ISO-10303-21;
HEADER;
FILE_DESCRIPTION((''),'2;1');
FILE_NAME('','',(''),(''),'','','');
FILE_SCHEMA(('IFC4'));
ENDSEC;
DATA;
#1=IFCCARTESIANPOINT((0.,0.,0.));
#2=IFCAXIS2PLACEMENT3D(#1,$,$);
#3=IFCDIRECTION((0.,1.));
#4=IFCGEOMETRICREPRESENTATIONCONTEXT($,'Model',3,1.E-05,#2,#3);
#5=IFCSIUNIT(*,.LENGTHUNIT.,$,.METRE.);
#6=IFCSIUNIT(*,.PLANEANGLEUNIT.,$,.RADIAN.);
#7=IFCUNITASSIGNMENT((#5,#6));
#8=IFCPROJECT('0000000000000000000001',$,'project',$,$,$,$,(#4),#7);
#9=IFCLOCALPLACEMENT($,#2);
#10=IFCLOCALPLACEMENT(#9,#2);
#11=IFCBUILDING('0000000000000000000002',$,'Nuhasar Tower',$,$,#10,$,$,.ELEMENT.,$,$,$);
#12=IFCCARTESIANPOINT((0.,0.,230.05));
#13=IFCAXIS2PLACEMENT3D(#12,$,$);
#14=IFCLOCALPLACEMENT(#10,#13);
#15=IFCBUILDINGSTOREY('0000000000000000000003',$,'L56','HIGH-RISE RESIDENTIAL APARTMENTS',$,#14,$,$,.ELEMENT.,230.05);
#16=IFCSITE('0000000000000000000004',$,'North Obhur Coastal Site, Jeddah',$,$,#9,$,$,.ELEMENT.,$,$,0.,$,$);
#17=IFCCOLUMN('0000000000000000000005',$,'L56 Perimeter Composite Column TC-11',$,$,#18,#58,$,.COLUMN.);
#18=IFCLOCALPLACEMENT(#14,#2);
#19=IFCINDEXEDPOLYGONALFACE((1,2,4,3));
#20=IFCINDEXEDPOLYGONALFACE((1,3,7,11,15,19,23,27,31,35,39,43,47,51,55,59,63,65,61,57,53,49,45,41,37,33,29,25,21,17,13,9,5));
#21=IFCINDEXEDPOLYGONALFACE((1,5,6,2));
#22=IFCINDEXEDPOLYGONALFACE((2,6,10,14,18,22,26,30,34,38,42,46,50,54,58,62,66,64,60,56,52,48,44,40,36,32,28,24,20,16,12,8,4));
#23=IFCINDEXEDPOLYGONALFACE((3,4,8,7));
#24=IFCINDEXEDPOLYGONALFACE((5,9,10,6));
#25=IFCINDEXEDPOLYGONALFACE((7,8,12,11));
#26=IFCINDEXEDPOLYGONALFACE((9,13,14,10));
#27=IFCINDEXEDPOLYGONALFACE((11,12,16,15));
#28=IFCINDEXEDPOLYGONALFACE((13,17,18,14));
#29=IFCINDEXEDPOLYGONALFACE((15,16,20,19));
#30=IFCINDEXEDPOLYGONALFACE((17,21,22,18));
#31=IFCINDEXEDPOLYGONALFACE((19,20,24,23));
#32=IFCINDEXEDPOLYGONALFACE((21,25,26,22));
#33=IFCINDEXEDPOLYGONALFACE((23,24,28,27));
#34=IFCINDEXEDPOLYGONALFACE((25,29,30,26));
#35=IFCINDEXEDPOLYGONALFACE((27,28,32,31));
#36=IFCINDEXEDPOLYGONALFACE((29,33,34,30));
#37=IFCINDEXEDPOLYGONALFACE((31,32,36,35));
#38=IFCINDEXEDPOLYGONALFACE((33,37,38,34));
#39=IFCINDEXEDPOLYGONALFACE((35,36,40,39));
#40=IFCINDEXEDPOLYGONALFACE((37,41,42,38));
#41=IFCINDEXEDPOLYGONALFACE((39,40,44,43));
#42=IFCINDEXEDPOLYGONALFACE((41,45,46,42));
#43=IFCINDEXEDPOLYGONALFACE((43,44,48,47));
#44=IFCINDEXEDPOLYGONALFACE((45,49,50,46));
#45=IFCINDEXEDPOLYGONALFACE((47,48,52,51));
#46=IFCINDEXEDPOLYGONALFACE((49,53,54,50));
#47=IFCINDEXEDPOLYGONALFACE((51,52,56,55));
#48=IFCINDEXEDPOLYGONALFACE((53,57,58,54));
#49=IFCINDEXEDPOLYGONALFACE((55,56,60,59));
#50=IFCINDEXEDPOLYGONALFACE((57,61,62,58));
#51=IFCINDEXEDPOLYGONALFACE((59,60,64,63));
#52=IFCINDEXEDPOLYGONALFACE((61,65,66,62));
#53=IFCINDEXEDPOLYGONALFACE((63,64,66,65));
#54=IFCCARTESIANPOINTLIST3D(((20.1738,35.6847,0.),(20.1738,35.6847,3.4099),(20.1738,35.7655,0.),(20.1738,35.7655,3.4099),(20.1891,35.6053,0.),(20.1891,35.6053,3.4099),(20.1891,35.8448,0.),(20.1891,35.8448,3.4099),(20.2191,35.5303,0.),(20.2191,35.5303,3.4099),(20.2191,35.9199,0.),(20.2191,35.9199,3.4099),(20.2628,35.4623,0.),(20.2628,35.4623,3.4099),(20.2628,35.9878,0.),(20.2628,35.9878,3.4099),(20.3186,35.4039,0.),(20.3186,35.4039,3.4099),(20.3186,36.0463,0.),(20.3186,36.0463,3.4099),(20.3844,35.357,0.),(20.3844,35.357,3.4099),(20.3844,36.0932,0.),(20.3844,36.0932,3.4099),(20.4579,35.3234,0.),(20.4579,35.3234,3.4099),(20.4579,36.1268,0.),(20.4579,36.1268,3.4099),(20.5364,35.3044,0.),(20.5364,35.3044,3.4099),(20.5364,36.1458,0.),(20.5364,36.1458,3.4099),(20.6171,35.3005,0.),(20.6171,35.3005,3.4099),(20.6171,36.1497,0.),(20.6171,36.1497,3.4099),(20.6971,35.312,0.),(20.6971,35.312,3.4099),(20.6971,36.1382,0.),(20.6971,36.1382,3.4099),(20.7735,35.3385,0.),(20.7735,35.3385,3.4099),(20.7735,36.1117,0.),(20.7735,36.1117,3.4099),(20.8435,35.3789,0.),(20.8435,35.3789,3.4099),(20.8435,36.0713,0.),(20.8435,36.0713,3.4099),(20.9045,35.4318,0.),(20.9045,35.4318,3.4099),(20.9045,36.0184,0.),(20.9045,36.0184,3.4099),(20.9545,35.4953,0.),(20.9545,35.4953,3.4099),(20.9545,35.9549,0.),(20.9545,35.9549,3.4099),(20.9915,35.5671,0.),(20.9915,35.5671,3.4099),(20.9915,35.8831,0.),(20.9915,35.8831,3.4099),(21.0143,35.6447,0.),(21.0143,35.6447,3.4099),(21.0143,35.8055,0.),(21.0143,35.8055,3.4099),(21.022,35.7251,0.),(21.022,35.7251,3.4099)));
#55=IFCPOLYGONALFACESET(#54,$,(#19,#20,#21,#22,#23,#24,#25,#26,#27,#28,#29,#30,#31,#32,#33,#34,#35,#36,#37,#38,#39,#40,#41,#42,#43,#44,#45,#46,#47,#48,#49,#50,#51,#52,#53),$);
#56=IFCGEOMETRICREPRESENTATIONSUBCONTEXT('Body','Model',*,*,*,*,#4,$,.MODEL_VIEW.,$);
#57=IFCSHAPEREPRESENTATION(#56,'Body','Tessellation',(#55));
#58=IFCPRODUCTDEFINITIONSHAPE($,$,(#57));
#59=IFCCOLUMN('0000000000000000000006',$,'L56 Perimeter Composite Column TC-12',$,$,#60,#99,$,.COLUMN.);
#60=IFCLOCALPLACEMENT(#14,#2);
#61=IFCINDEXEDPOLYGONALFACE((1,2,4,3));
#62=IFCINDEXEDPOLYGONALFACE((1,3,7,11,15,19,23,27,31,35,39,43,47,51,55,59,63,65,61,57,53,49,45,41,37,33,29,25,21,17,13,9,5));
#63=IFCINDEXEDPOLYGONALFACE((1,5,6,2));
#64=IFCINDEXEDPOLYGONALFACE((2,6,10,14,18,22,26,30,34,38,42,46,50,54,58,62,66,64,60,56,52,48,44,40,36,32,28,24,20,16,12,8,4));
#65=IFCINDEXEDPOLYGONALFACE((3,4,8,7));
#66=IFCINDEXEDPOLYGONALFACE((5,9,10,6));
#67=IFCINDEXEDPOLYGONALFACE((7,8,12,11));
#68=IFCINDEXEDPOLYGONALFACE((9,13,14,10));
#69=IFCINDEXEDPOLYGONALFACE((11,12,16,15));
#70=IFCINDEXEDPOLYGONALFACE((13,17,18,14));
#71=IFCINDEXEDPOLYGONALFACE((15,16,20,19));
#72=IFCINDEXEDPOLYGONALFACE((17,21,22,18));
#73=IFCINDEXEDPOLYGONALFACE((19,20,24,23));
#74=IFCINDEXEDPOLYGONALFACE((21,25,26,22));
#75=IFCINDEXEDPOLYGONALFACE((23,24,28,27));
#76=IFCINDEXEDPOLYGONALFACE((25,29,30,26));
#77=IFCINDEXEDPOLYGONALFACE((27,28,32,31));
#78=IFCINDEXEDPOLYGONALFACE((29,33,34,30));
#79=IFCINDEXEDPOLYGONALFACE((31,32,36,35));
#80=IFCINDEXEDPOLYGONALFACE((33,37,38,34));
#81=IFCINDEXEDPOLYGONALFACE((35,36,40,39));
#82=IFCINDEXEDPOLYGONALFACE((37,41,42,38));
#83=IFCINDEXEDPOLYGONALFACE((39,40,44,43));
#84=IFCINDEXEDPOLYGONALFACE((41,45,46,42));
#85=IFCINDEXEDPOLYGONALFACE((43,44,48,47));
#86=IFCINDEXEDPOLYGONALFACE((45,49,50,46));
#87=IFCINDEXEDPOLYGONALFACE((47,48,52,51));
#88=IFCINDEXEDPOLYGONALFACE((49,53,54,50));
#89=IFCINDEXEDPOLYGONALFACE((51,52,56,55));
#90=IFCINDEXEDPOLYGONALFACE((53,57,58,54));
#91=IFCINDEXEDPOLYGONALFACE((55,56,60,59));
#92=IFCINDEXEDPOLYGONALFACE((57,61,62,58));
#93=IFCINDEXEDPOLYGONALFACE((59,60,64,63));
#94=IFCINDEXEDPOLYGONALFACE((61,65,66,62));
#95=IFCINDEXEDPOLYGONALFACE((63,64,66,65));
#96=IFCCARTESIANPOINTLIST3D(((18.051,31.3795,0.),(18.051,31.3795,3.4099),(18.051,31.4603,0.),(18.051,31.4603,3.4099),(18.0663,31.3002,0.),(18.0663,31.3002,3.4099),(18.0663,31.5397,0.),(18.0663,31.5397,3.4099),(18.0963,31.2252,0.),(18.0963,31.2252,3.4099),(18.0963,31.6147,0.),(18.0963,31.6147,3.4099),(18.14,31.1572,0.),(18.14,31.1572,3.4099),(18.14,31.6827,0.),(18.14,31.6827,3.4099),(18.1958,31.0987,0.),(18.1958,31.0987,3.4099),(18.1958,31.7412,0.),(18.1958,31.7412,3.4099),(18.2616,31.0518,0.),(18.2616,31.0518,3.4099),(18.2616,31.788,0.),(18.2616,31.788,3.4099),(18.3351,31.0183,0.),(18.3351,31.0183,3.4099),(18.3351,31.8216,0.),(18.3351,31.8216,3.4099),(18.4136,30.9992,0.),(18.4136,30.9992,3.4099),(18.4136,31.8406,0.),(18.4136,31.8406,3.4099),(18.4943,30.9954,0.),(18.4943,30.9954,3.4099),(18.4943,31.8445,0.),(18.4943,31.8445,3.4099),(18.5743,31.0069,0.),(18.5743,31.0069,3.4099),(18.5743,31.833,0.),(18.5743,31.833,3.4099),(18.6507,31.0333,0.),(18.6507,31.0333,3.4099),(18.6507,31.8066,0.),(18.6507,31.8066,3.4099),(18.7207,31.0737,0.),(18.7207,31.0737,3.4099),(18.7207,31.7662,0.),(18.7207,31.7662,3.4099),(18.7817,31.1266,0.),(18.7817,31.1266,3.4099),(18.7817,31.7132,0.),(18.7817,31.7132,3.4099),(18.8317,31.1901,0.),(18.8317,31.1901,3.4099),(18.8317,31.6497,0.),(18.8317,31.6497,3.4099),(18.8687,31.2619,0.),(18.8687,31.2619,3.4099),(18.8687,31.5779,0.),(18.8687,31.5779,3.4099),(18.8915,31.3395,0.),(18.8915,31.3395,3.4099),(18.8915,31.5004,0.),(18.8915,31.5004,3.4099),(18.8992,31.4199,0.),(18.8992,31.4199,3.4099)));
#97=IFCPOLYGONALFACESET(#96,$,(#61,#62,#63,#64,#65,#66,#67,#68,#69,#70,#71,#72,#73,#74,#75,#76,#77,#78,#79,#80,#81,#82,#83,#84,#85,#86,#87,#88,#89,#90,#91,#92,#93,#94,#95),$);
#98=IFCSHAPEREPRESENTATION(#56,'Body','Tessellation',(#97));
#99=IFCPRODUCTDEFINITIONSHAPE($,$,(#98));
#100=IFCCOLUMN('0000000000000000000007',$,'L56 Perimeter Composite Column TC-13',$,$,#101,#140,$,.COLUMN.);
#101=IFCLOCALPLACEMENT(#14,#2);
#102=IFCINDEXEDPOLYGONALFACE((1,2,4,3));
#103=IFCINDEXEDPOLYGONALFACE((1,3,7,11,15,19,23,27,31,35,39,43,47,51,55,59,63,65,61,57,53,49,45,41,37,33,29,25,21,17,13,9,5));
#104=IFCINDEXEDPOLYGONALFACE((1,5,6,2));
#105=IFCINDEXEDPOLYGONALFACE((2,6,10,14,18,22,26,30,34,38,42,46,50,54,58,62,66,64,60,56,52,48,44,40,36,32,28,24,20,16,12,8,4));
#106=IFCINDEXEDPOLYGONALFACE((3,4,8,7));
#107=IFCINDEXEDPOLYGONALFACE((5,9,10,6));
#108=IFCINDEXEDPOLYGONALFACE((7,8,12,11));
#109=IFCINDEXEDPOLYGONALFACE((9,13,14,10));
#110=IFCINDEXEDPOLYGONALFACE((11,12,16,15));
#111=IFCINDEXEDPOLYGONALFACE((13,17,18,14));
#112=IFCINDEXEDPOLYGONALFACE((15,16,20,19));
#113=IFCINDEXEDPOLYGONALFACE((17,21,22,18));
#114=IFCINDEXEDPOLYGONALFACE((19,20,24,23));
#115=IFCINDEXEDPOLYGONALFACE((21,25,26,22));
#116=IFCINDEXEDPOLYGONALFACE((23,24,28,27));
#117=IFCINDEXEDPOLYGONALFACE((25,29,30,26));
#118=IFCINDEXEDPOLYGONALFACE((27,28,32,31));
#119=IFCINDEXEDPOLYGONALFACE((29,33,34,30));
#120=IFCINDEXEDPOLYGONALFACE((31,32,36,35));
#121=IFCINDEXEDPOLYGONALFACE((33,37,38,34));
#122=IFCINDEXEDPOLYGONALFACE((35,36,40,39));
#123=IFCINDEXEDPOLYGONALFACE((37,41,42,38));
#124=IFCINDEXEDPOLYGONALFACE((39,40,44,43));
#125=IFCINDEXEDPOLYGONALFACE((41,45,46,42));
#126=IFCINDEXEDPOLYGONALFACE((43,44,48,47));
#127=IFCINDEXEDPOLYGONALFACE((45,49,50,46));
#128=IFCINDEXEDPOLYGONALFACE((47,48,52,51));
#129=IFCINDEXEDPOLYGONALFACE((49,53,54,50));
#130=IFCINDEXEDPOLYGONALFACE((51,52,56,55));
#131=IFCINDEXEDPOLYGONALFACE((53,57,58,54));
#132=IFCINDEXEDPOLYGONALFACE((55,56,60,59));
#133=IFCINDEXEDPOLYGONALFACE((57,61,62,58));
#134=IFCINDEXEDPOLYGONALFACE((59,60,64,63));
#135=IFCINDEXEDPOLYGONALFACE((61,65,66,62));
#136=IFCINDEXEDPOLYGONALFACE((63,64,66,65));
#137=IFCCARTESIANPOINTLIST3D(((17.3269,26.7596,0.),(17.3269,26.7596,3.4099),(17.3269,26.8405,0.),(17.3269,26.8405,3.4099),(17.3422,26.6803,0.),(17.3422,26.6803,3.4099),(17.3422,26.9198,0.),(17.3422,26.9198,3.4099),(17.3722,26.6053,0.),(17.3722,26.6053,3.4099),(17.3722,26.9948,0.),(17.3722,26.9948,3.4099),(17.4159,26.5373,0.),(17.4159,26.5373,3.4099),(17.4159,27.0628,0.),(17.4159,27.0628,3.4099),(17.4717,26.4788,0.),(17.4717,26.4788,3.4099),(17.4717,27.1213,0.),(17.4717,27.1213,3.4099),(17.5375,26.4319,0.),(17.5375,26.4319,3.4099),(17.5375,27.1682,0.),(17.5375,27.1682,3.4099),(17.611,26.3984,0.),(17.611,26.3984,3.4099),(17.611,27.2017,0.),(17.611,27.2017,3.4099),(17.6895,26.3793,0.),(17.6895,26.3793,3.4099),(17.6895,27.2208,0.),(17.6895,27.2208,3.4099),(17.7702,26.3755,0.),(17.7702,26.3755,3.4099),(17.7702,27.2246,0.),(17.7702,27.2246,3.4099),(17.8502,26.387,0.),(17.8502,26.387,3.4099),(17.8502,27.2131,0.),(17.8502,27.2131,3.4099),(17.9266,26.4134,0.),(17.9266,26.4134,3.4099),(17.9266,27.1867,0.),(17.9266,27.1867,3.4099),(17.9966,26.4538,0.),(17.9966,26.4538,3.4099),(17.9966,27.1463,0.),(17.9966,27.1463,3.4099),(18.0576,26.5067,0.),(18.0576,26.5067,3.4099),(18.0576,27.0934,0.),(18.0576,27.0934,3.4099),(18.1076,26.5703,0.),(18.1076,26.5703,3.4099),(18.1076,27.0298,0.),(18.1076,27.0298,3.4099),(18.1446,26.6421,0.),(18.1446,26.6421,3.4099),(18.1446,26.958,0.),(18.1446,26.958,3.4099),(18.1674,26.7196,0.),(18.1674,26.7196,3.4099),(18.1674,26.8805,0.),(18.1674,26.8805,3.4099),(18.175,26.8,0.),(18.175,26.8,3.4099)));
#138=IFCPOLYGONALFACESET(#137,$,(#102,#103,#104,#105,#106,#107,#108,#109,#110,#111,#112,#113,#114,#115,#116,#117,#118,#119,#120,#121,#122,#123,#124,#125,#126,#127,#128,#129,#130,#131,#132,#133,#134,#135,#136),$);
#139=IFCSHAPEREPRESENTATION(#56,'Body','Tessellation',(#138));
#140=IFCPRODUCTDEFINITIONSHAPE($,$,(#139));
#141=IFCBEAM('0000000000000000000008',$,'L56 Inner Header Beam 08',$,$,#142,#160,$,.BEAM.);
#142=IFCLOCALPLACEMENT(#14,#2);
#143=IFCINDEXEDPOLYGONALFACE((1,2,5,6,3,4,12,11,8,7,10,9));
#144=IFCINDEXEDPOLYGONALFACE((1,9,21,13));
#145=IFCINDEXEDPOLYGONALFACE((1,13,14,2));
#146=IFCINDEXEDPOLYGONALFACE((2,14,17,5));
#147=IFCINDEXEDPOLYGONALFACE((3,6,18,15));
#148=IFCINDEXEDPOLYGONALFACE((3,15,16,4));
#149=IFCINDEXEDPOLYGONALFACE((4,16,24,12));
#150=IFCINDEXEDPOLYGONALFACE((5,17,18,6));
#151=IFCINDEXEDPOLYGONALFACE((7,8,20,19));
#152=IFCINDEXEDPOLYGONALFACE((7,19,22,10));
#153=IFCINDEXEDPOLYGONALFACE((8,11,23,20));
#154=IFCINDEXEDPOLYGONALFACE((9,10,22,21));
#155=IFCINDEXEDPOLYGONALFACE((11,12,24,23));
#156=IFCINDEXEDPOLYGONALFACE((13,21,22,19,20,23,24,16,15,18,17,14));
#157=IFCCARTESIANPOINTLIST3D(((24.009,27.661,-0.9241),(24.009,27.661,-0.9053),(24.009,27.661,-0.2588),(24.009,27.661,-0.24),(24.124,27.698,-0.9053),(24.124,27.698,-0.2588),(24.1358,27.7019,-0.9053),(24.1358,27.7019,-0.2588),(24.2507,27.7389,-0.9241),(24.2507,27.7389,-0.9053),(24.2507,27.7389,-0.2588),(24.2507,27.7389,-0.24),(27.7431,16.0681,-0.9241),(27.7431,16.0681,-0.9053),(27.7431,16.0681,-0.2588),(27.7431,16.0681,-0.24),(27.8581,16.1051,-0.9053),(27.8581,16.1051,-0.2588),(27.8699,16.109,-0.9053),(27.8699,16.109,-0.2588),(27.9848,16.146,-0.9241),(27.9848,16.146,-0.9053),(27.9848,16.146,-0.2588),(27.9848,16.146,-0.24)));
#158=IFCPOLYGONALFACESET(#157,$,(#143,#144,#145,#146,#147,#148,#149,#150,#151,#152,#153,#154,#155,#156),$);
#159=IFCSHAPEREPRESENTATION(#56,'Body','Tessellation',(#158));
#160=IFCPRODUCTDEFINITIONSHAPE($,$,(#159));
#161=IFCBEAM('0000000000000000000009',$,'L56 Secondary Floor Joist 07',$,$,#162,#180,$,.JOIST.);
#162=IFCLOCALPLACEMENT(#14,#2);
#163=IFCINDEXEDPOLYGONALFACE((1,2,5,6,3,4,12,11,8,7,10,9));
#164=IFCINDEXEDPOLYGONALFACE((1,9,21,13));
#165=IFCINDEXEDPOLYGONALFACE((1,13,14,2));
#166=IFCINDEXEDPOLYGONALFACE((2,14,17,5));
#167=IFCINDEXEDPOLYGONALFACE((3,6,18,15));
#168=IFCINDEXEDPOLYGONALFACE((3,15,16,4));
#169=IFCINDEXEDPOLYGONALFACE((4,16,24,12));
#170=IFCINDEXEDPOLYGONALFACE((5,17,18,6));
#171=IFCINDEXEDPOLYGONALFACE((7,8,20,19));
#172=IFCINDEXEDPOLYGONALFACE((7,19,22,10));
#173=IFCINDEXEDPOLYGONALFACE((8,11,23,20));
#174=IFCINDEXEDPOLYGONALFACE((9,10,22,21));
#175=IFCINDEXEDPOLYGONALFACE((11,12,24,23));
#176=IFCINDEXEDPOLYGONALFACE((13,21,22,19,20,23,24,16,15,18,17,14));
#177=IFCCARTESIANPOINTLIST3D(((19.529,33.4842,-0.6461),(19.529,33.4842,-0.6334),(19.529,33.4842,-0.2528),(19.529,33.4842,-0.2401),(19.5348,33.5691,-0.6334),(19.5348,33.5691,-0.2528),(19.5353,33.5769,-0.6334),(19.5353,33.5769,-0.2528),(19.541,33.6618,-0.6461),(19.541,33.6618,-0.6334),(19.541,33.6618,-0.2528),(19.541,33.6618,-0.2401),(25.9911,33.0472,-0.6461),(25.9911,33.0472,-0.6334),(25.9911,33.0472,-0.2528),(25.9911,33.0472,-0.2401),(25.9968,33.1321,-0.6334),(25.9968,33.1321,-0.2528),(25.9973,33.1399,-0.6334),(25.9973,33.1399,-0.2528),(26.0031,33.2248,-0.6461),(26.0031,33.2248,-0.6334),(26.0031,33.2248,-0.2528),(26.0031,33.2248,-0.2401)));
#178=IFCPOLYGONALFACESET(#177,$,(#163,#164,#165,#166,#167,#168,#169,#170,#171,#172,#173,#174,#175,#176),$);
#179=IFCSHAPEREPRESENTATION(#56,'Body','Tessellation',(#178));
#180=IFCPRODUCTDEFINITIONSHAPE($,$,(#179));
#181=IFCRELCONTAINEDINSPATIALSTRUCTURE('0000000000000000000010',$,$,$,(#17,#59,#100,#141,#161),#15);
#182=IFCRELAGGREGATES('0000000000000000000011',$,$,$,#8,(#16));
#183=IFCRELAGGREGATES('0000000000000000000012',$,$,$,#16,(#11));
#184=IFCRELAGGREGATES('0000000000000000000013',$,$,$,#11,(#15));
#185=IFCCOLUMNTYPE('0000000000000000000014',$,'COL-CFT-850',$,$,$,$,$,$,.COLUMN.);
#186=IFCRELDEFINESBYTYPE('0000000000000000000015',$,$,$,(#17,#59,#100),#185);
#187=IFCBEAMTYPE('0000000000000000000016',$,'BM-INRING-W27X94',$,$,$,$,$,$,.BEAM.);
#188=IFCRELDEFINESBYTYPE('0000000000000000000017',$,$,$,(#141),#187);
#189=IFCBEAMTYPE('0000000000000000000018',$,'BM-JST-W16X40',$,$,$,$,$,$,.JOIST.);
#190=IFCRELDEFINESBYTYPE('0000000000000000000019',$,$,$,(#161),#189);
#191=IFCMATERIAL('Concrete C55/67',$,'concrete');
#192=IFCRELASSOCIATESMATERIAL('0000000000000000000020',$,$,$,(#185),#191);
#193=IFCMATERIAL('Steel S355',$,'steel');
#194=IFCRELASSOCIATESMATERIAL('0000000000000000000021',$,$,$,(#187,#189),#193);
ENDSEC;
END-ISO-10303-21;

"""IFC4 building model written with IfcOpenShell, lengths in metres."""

from ifc_helpers import new_model, si_unit, direction, frame, origin, origin_2d, place, context, subcontext, project, spatial, circle, i_section, extrude, material, material_profile, profile_set, type_object, element, save


model = new_model("IFC4")

# Units and contexts
model_context = context("Model", 3, precision=1e-05, world=origin(), true_north=direction((0.0, 1.0)))
body_context = subcontext(model_context, "Body", "Model", "MODEL_VIEW")
ifc_project = project(units=[si_unit("LENGTHUNIT", "METRE"), si_unit("PLANEANGLEUNIT", "RADIAN")], contexts=[model_context])

# Site, building, storey
site_placement = place(None, origin())
site = spatial("IfcSite", under=ifc_project, at=site_placement, Name="North Obhur Coastal Site, Jeddah", CompositionType="ELEMENT", RefElevation=0.0)
building_placement = place(site_placement, origin())
building = spatial("IfcBuilding", under=site, at=building_placement, Name="Nuhasar Tower", CompositionType="ELEMENT")
storey_placement = place(building_placement, frame((0.0, 0.0, 230.05)))
storey = spatial("IfcBuildingStorey", under=building, at=storey_placement, Name="L56", Description="HIGH-RISE RESIDENTIAL APARTMENTS", CompositionType="ELEMENT", Elevation=230.05)

# Columns
ifc_material_1 = material(Name="Concrete C55/67", Category="concrete")
ifc_material_profile_1 = material_profile(ifc_material_1, circle(Radius=0.425, at=origin_2d()), Name="CFT850")
ifc_profile_set_1 = profile_set([ifc_material_profile_1], Name="Concrete C55/67")
column_type = type_object("IfcColumnType", Name="COL-CFT-850", PredefinedType="COLUMN", material=ifc_profile_set_1)
for number, where, z_axis, x_axis, name in (
    (1, (20.5969, 35.7251, 0.0), (0.0, 0.0, 1.0), (1.0, 0.0, 0.0), "L56 Perimeter Composite Column TC-11"),
    (2, (18.4741, 31.4199, 0.0), (0.0, 0.0, 1.0), (1.0, 0.0, 0.0), "L56 Perimeter Composite Column TC-12"),
    (3, (17.75, 26.8, 0.0), (0.0, 0.0, 1.0), (1.0, 0.0, 0.0), "L56 Perimeter Composite Column TC-13"),
):
    element("IfcColumn", number, at=place(storey_placement, frame(where, z_axis=z_axis, x_axis=x_axis)), inside=storey, type_object=column_type, Name=name, PredefinedType="COLUMN", context=body_context, shape_type="SweptSolid", body=[
        extrude(circle(Radius=0.425, at=origin_2d()), origin(), (0.0, 0.0, 1.0), 3.4099),
    ])

# Beams
ifc_material_2 = material(Name="Steel S355", Category="steel")
ifc_material_profile_2 = material_profile(ifc_material_2, i_section(OverallWidth=0.2539, OverallDepth=0.6841, WebThickness=0.0125, FlangeThickness=0.0188, at=origin_2d()), Name="W27X94")
ifc_profile_set_2 = profile_set([ifc_material_profile_2], Name="Steel S355")
beam_type_1 = type_object("IfcBeamType", Name="BM-INRING-W27X94", PredefinedType="BEAM", material=ifc_profile_set_2)
beam_1_placement = place(storey_placement, frame((24.1299, 27.7, -0.582), z_axis=(0.30659, -0.951842, 0.0), x_axis=(0.951842, 0.30659, 0.0)))
element("IfcBeam", 4, at=beam_1_placement, inside=storey, type_object=beam_type_1, Name="L56 Inner Header Beam 08", PredefinedType="BEAM", context=body_context, shape_type="SweptSolid", body=[
    extrude(i_section(OverallWidth=0.2539, OverallDepth=0.6841, WebThickness=0.0125, FlangeThickness=0.0188, at=origin_2d()), origin(), (0.0, 0.0, 1.0), 12.1794),
])
ifc_material_profile_3 = material_profile(ifc_material_2, i_section(OverallWidth=0.178, OverallDepth=0.406, WebThickness=0.0078, FlangeThickness=0.0127, at=origin_2d()), Name="W16X40")
ifc_profile_set_3 = profile_set([ifc_material_profile_3], Name="Steel S355")
beam_type_2 = type_object("IfcBeamType", Name="BM-JST-W16X40", PredefinedType="JOIST", material=ifc_profile_set_3)
beam_2_placement = place(storey_placement, frame((25.9971, 33.136, -0.4431), z_axis=(-0.997721, 0.067472, 0.0), x_axis=(-0.067472, -0.997721, 0.0)))
element("IfcBeam", 5, at=beam_2_placement, inside=storey, type_object=beam_type_2, Name="L56 Secondary Floor Joist 07", PredefinedType="JOIST", context=body_context, shape_type="SweptSolid", body=[
    extrude(i_section(OverallWidth=0.178, OverallDepth=0.406, WebThickness=0.0078, FlangeThickness=0.0127, at=origin_2d()), origin(), (0.0, 0.0, 1.0), 6.4768),
])

save(model, "model.ifc")
